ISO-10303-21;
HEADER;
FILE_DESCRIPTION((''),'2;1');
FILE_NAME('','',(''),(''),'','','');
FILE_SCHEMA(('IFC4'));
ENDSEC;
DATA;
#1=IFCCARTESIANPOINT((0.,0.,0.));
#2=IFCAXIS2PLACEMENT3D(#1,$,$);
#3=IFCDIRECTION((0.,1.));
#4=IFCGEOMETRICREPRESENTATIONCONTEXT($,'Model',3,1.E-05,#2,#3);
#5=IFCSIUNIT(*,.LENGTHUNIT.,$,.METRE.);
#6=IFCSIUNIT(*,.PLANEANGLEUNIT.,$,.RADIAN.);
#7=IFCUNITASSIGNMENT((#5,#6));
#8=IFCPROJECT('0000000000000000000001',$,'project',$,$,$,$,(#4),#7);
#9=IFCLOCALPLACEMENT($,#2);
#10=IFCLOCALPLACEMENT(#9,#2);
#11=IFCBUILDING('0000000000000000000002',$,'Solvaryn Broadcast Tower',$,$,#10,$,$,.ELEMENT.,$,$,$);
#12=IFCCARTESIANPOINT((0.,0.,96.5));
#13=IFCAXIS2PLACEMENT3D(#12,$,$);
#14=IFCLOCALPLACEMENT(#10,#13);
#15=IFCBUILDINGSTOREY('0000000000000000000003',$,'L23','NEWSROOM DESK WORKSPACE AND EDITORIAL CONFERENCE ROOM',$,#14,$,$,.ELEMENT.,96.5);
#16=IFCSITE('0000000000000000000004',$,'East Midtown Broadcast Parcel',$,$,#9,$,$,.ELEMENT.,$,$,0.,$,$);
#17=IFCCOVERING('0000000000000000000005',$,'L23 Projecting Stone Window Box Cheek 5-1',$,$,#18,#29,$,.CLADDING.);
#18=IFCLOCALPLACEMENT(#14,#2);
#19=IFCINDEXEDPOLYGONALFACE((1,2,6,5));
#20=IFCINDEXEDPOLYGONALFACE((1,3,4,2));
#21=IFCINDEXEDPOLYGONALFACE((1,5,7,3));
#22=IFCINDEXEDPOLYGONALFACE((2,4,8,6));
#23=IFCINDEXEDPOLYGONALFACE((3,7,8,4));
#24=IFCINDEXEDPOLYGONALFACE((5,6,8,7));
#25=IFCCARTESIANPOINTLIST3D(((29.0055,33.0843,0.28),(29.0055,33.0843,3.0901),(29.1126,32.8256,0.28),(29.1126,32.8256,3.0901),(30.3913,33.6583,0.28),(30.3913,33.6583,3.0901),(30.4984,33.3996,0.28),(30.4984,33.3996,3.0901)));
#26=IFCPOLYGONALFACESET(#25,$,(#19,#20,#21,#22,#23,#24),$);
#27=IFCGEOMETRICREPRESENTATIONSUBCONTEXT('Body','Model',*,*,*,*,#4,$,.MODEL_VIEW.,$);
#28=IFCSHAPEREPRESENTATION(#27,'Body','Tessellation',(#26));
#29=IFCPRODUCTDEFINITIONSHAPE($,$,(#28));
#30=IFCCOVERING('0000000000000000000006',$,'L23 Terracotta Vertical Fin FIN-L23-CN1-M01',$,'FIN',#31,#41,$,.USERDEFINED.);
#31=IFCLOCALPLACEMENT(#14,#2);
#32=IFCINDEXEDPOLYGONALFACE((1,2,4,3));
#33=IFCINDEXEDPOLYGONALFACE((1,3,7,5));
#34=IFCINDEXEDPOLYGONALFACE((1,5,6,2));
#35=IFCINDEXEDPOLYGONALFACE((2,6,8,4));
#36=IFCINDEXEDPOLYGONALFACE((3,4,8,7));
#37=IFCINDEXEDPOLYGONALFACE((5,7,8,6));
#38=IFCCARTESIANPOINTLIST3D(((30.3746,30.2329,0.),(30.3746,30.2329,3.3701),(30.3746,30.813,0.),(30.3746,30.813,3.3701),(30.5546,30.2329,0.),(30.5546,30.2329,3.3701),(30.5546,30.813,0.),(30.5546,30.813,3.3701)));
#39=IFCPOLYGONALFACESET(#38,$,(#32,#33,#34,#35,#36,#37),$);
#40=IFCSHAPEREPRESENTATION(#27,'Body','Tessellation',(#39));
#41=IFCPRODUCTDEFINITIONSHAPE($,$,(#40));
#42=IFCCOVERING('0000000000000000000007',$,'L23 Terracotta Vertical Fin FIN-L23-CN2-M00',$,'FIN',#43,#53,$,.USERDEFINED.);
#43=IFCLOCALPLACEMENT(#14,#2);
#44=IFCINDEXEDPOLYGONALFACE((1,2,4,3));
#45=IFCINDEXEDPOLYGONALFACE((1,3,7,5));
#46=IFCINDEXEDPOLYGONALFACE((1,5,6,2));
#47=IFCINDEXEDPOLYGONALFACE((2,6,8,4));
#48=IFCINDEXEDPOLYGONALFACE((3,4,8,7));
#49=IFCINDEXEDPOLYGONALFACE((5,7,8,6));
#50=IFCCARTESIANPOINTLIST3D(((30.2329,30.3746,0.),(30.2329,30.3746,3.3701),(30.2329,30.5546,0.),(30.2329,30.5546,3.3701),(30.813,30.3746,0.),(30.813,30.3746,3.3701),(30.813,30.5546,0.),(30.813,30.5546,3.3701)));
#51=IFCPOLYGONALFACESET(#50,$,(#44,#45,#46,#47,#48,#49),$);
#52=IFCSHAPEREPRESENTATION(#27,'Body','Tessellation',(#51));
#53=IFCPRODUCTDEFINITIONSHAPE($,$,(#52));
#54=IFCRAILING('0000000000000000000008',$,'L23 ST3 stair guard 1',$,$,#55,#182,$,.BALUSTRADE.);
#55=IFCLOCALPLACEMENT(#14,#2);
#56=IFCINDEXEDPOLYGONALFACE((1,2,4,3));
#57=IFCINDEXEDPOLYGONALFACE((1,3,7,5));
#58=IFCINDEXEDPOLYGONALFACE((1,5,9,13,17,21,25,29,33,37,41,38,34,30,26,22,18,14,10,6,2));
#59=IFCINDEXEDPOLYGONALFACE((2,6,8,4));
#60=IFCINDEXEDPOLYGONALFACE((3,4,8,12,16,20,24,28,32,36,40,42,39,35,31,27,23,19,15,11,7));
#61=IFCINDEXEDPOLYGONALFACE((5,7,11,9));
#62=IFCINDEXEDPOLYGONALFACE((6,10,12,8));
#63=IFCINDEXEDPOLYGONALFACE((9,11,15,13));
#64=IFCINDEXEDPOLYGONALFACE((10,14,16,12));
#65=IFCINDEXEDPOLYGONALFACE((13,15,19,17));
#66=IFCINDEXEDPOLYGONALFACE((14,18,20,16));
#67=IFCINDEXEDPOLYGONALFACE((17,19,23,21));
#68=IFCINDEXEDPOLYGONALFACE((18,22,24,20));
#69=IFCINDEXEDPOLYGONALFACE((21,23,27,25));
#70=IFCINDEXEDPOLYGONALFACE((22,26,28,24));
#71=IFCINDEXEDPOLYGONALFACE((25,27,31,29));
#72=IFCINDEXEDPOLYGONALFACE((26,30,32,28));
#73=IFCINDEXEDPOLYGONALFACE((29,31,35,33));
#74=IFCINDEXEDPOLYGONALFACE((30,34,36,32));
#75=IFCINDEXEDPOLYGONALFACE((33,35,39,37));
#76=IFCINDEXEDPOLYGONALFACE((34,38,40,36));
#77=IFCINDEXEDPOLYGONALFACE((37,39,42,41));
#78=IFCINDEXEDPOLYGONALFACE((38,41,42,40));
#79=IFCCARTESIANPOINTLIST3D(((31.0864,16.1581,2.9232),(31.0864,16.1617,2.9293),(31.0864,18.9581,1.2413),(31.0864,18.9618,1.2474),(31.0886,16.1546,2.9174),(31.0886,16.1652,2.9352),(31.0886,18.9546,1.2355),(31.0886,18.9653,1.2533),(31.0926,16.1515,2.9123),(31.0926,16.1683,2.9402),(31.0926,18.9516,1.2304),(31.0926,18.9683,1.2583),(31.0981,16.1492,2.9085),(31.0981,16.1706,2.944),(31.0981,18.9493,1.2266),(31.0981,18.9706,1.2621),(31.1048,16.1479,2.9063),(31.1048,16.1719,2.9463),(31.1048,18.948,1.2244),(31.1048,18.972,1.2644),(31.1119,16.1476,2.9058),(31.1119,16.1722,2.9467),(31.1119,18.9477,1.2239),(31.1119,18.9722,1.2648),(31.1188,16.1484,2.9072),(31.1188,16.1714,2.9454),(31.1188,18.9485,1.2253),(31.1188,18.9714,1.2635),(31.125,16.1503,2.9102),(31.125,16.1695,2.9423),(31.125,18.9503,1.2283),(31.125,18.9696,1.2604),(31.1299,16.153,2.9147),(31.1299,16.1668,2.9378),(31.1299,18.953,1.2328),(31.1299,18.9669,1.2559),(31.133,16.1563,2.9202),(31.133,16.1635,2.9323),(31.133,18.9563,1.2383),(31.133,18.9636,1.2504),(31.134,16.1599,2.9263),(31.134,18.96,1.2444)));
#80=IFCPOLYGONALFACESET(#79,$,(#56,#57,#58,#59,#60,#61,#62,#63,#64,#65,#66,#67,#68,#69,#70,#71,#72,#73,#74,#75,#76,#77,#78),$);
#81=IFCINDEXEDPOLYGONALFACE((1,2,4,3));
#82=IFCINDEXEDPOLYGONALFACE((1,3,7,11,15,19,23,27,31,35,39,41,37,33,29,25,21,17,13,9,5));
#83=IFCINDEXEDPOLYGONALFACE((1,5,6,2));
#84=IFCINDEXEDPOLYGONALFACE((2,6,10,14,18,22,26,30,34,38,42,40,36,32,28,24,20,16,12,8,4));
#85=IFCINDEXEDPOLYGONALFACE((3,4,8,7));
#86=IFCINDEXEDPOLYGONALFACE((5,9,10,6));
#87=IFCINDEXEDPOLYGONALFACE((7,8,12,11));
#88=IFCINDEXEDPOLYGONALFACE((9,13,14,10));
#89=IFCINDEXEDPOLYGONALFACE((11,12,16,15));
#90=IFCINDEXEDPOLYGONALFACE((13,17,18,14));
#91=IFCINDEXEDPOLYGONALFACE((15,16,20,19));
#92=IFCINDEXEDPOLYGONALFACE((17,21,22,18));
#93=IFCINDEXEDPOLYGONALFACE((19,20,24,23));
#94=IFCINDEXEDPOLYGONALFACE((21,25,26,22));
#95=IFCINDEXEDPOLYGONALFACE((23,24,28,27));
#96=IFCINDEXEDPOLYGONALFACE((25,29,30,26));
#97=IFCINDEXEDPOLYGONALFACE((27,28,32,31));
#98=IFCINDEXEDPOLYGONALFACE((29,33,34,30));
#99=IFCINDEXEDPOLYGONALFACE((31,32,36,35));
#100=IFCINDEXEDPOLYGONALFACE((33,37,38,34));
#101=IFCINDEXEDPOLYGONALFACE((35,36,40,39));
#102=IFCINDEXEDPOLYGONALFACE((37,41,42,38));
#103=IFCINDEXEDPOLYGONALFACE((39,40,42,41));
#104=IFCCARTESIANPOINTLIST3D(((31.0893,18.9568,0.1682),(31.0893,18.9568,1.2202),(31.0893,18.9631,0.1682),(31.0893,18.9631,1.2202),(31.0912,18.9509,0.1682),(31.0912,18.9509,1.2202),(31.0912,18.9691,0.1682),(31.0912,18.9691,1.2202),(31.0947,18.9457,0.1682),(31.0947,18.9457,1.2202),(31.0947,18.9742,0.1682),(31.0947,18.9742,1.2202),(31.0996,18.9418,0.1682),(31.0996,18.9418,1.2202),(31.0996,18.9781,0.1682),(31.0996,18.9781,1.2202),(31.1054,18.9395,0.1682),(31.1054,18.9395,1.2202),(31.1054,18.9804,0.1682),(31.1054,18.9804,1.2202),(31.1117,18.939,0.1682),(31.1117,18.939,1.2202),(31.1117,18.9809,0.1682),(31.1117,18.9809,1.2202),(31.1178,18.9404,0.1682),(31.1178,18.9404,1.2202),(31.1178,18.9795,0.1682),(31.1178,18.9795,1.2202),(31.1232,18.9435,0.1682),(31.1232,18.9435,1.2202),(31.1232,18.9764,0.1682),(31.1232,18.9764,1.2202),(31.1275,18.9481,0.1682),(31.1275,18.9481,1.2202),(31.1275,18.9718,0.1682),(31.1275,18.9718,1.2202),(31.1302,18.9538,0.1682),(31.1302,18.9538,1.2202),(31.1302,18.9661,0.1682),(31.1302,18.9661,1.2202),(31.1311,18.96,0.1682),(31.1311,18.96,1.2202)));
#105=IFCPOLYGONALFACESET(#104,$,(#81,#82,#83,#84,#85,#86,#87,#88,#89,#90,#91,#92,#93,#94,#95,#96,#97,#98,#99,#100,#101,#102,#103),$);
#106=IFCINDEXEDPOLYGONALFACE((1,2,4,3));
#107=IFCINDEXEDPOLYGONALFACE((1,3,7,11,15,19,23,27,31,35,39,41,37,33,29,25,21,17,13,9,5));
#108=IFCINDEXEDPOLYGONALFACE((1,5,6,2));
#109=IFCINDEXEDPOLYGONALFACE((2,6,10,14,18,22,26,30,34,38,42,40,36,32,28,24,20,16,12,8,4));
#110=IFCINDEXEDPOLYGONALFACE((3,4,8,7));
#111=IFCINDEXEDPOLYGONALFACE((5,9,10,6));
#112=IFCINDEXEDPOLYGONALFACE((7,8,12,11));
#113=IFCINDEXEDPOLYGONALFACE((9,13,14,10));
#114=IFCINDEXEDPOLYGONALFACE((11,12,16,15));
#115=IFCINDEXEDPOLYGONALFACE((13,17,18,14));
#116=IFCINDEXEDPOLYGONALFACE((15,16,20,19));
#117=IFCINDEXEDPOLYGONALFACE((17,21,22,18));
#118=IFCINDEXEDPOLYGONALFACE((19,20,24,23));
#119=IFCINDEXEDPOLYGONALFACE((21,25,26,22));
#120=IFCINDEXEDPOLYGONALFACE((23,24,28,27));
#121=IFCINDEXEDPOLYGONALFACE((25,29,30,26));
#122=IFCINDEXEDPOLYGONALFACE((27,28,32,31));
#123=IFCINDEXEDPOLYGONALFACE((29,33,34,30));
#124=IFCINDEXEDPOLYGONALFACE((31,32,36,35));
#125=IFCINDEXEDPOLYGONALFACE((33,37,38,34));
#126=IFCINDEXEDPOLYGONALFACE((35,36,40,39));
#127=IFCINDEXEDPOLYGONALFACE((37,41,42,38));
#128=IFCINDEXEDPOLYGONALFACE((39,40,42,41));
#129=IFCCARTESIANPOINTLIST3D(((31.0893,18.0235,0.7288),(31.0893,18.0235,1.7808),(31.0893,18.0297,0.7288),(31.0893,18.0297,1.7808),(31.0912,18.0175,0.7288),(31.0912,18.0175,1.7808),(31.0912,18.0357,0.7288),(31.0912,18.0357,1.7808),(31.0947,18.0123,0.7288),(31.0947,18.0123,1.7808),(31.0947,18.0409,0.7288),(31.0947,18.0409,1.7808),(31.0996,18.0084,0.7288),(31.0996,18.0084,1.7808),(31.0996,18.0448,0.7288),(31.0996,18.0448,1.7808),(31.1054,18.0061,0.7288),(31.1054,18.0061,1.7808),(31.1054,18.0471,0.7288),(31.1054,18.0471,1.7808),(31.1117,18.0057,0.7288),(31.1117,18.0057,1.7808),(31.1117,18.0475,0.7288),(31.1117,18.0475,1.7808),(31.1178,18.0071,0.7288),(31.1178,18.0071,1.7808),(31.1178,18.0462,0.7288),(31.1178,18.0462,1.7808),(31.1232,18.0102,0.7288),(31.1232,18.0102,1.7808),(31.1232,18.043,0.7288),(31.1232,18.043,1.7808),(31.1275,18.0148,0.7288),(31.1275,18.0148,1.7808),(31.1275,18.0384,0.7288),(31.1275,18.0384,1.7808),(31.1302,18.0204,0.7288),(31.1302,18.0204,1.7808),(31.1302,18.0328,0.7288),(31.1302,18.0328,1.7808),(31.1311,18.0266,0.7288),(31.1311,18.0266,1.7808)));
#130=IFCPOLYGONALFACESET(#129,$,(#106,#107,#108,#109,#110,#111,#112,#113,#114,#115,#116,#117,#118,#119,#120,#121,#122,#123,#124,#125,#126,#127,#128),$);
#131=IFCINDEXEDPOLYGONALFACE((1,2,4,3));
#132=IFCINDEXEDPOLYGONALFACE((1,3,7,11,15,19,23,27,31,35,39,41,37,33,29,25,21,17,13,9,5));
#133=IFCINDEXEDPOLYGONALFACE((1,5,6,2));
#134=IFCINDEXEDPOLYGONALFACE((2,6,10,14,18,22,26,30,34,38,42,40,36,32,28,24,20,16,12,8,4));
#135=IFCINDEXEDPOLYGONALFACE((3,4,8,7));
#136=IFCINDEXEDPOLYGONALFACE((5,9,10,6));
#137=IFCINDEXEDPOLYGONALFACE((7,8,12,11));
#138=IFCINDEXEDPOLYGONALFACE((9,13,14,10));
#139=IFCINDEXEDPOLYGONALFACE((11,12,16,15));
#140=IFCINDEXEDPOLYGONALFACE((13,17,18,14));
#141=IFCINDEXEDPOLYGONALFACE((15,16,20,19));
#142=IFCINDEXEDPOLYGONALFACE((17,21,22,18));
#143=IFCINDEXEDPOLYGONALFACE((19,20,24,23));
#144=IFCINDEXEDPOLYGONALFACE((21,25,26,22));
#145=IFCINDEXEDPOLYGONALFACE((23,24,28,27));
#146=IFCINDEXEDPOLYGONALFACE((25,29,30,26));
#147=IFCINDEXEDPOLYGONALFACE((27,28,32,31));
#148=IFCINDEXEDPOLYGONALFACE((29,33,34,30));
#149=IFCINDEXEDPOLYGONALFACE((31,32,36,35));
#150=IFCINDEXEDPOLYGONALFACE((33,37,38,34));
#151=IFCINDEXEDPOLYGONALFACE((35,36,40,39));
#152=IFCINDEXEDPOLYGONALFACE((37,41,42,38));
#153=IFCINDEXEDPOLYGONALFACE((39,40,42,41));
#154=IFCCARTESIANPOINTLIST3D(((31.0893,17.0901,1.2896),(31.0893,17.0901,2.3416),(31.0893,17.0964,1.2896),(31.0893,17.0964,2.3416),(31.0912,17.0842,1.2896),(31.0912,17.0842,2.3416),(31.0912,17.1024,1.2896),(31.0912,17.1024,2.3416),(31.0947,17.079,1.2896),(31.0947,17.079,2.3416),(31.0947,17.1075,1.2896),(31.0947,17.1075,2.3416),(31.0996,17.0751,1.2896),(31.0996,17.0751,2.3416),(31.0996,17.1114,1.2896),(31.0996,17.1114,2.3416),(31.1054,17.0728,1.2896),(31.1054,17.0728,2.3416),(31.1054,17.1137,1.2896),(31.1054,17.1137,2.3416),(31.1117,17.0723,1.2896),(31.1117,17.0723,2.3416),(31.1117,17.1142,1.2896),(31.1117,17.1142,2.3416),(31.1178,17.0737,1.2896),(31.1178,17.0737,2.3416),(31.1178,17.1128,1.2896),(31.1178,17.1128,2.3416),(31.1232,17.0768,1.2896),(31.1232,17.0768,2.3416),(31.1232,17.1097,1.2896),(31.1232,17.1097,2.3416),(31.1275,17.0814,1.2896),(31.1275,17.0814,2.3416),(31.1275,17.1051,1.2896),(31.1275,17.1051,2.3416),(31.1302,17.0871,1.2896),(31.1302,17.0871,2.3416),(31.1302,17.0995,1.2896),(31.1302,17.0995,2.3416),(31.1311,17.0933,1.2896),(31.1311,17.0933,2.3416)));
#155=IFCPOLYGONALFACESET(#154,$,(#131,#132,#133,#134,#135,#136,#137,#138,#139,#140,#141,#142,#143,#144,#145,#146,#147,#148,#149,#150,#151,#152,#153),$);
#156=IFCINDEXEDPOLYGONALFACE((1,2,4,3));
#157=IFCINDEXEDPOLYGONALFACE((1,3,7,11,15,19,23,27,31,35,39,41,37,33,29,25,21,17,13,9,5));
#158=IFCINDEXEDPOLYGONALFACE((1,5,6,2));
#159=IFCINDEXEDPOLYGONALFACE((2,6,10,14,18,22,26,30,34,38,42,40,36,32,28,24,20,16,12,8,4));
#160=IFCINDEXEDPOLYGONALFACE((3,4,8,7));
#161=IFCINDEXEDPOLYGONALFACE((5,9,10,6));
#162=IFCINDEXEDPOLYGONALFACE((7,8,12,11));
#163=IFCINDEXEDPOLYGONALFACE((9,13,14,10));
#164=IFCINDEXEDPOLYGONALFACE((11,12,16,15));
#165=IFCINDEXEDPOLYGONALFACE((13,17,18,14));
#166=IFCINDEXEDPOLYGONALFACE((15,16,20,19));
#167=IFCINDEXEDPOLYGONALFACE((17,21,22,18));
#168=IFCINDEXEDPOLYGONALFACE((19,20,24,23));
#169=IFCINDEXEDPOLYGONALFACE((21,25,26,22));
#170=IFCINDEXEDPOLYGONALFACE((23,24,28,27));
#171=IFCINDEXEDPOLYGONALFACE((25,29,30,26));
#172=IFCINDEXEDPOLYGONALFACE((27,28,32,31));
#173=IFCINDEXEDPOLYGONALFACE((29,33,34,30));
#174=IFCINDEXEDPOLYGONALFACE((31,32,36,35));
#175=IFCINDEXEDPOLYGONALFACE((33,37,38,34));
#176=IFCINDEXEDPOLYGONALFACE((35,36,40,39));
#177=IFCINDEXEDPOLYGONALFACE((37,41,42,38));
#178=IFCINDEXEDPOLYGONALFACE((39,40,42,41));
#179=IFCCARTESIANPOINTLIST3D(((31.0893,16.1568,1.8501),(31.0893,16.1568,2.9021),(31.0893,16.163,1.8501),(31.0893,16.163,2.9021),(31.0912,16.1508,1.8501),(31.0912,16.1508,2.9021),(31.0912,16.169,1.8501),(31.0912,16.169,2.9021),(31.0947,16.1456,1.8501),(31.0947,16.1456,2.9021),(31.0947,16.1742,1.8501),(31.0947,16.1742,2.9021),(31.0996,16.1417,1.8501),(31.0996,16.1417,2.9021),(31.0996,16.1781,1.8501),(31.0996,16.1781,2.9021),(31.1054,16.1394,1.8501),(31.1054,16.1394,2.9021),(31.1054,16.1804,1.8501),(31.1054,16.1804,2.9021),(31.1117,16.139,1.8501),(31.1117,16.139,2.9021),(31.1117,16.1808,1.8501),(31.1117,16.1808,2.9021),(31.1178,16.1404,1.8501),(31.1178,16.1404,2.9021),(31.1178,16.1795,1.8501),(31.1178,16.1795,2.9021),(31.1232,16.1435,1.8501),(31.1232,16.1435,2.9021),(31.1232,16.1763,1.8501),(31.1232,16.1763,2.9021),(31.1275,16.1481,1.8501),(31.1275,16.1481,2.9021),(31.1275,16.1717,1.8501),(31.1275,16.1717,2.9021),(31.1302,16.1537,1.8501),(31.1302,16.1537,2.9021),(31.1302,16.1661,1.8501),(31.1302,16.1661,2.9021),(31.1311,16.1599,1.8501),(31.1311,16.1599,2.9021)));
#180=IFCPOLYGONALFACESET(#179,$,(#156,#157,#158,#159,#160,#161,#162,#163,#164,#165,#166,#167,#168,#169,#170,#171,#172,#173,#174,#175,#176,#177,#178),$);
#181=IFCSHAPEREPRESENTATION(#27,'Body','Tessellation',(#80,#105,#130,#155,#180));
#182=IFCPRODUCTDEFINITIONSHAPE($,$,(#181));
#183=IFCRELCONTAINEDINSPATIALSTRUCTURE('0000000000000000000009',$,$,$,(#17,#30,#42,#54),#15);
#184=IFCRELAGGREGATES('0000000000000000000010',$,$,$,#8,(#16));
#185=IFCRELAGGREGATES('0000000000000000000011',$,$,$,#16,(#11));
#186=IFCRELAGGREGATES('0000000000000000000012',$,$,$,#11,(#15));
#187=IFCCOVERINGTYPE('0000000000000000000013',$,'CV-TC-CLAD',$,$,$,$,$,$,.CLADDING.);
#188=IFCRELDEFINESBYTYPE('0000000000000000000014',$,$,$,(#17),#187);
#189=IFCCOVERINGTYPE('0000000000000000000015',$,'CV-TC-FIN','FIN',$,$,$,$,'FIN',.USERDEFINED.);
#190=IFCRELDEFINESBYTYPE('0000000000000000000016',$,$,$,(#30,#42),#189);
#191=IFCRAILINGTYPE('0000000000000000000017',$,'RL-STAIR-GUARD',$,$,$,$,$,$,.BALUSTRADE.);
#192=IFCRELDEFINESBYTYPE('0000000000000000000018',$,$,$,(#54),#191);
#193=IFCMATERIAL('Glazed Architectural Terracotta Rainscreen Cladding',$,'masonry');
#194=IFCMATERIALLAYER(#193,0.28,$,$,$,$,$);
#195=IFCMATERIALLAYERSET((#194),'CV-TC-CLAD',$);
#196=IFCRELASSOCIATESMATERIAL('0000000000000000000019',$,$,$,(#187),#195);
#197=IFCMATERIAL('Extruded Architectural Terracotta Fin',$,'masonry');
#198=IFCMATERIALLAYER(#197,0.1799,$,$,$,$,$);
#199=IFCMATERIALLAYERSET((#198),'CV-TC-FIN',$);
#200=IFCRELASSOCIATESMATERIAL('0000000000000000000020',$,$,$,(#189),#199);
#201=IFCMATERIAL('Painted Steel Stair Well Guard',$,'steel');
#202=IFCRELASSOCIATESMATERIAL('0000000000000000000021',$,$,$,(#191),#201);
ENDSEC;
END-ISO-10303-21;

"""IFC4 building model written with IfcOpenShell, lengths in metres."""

from ifc_helpers import new_model, si_unit, direction, frame, origin, origin_2d, place, context, subcontext, project, spatial, rectangle, circle, extrude, material, layer, layer_set, type_object, element, save


model = new_model("IFC4")

# Units and contexts
model_context = context("Model", 3, precision=1e-05, world=origin(), true_north=direction((0.0, 1.0)))
body_context = subcontext(model_context, "Body", "Model", "MODEL_VIEW")
ifc_project = project(units=[si_unit("LENGTHUNIT", "METRE"), si_unit("PLANEANGLEUNIT", "RADIAN")], contexts=[model_context])

# Site, building, storey
site_placement = place(None, origin())
site = spatial("IfcSite", under=ifc_project, at=site_placement, Name="East Midtown Broadcast Parcel", CompositionType="ELEMENT", RefElevation=0.0)
building_placement = place(site_placement, origin())
building = spatial("IfcBuilding", under=site, at=building_placement, Name="Solvaryn Broadcast Tower", CompositionType="ELEMENT")
storey_placement = place(building_placement, frame((0.0, 0.0, 96.5)))
storey = spatial("IfcBuildingStorey", under=building, at=storey_placement, Name="L23", Description="NEWSROOM DESK WORKSPACE AND EDITORIAL CONFERENCE ROOM", CompositionType="ELEMENT", Elevation=96.5)

# Coverings
ifc_material_1 = material(Name="Glazed Architectural Terracotta Rainscreen Cladding", Category="masonry")
ifc_layer_1 = layer(ifc_material_1, 0.28)
ifc_layer_set_1 = layer_set([ifc_layer_1], Name="CV-TC-CLAD")
covering_type_1 = type_object("IfcCoveringType", Name="CV-TC-CLAD", PredefinedType="CLADDING", material=ifc_layer_set_1)
covering_1_placement = place(storey_placement, frame((29.752, 33.2419, 0.28), z_axis=(0.0, 0.0, 1.0), x_axis=(-0.382683, 0.92388, 0.0)))
element("IfcCovering", 1, at=covering_1_placement, inside=storey, type_object=covering_type_1, Name="L23 Projecting Stone Window Box Cheek 5-1", PredefinedType="CLADDING", context=body_context, shape_type="SweptSolid", body=[
    extrude(rectangle(XDim=0.28, YDim=1.5, at=origin_2d()), origin(), (0.0, 0.0, 1.0), 2.8101),
])
ifc_material_2 = material(Name="Extruded Architectural Terracotta Fin", Category="masonry")
ifc_layer_2 = layer(ifc_material_2, 0.1799)
ifc_layer_set_2 = layer_set([ifc_layer_2], Name="CV-TC-FIN")
covering_type_2 = type_object("IfcCoveringType", Name="CV-TC-FIN", Description="FIN", ElementType="FIN", PredefinedType="USERDEFINED", material=ifc_layer_set_2)
covering_2_placement = place(storey_placement, frame((30.4646, 30.5229, 0.0), z_axis=(0.0, 0.0, 1.0), x_axis=(1.0, 0.0, 0.0)))
element("IfcCovering", 2, at=covering_2_placement, inside=storey, type_object=covering_type_2, Name="L23 Terracotta Vertical Fin FIN-L23-CN1-M01", ObjectType="FIN", PredefinedType="USERDEFINED", context=body_context, shape_type="SweptSolid", body=[
    extrude(rectangle(XDim=0.1799, YDim=0.5801, at=origin_2d()), origin(), (0.0, 0.0, 1.0), 3.3701),
])
covering_3_placement = place(storey_placement, frame((30.5229, 30.4646, 0.0), z_axis=(0.0, 0.0, 1.0), x_axis=(1.0, 0.0, 0.0)))
element("IfcCovering", 3, at=covering_3_placement, inside=storey, type_object=covering_type_2, Name="L23 Terracotta Vertical Fin FIN-L23-CN2-M00", ObjectType="FIN", PredefinedType="USERDEFINED", context=body_context, shape_type="SweptSolid", body=[
    extrude(rectangle(XDim=0.5801, YDim=0.1799, at=origin_2d()), origin(), (0.0, 0.0, 1.0), 3.3701),
])

# Railing
ifc_material_3 = material(Name="Painted Steel Stair Well Guard", Category="steel")
railing_type_1 = type_object("IfcRailingType", Name="RL-STAIR-GUARD", PredefinedType="BALUSTRADE", material=ifc_material_3)
railing_1_placement = place(storey_placement, frame((31.1101, 18.96, 0.1682)))
element("IfcRailing", 4, at=railing_1_placement, inside=storey, type_object=railing_type_1, Name="L23 ST3 stair guard 1", PredefinedType="BALUSTRADE", context=body_context, shape_type="SweptSolid", body=[
    extrude(circle(Radius=0.0239, at=origin_2d()), frame((0.0, 0.0, 1.0762), z_axis=(0.0, -0.857242, 0.514913), x_axis=(1.0, 0.0, 0.0)), (0.0, 0.0, 1.0), 3.2664),
    extrude(circle(Radius=0.021, at=origin_2d()), origin(), (0.0, 0.0, 1.0), 1.052),
    extrude(circle(Radius=0.021, at=origin_2d()), frame((0.0, -0.9333, 0.5605)), (0.0, 0.0, 1.0), 1.052),
    extrude(circle(Radius=0.021, at=origin_2d()), frame((0.0, -1.8667, 1.1213)), (0.0, 0.0, 1.0), 1.052),
    extrude(circle(Radius=0.021, at=origin_2d()), frame((0.0, -2.8, 1.6819)), (0.0, 0.0, 1.0), 1.052),
])

save(model, "model.ifc")
